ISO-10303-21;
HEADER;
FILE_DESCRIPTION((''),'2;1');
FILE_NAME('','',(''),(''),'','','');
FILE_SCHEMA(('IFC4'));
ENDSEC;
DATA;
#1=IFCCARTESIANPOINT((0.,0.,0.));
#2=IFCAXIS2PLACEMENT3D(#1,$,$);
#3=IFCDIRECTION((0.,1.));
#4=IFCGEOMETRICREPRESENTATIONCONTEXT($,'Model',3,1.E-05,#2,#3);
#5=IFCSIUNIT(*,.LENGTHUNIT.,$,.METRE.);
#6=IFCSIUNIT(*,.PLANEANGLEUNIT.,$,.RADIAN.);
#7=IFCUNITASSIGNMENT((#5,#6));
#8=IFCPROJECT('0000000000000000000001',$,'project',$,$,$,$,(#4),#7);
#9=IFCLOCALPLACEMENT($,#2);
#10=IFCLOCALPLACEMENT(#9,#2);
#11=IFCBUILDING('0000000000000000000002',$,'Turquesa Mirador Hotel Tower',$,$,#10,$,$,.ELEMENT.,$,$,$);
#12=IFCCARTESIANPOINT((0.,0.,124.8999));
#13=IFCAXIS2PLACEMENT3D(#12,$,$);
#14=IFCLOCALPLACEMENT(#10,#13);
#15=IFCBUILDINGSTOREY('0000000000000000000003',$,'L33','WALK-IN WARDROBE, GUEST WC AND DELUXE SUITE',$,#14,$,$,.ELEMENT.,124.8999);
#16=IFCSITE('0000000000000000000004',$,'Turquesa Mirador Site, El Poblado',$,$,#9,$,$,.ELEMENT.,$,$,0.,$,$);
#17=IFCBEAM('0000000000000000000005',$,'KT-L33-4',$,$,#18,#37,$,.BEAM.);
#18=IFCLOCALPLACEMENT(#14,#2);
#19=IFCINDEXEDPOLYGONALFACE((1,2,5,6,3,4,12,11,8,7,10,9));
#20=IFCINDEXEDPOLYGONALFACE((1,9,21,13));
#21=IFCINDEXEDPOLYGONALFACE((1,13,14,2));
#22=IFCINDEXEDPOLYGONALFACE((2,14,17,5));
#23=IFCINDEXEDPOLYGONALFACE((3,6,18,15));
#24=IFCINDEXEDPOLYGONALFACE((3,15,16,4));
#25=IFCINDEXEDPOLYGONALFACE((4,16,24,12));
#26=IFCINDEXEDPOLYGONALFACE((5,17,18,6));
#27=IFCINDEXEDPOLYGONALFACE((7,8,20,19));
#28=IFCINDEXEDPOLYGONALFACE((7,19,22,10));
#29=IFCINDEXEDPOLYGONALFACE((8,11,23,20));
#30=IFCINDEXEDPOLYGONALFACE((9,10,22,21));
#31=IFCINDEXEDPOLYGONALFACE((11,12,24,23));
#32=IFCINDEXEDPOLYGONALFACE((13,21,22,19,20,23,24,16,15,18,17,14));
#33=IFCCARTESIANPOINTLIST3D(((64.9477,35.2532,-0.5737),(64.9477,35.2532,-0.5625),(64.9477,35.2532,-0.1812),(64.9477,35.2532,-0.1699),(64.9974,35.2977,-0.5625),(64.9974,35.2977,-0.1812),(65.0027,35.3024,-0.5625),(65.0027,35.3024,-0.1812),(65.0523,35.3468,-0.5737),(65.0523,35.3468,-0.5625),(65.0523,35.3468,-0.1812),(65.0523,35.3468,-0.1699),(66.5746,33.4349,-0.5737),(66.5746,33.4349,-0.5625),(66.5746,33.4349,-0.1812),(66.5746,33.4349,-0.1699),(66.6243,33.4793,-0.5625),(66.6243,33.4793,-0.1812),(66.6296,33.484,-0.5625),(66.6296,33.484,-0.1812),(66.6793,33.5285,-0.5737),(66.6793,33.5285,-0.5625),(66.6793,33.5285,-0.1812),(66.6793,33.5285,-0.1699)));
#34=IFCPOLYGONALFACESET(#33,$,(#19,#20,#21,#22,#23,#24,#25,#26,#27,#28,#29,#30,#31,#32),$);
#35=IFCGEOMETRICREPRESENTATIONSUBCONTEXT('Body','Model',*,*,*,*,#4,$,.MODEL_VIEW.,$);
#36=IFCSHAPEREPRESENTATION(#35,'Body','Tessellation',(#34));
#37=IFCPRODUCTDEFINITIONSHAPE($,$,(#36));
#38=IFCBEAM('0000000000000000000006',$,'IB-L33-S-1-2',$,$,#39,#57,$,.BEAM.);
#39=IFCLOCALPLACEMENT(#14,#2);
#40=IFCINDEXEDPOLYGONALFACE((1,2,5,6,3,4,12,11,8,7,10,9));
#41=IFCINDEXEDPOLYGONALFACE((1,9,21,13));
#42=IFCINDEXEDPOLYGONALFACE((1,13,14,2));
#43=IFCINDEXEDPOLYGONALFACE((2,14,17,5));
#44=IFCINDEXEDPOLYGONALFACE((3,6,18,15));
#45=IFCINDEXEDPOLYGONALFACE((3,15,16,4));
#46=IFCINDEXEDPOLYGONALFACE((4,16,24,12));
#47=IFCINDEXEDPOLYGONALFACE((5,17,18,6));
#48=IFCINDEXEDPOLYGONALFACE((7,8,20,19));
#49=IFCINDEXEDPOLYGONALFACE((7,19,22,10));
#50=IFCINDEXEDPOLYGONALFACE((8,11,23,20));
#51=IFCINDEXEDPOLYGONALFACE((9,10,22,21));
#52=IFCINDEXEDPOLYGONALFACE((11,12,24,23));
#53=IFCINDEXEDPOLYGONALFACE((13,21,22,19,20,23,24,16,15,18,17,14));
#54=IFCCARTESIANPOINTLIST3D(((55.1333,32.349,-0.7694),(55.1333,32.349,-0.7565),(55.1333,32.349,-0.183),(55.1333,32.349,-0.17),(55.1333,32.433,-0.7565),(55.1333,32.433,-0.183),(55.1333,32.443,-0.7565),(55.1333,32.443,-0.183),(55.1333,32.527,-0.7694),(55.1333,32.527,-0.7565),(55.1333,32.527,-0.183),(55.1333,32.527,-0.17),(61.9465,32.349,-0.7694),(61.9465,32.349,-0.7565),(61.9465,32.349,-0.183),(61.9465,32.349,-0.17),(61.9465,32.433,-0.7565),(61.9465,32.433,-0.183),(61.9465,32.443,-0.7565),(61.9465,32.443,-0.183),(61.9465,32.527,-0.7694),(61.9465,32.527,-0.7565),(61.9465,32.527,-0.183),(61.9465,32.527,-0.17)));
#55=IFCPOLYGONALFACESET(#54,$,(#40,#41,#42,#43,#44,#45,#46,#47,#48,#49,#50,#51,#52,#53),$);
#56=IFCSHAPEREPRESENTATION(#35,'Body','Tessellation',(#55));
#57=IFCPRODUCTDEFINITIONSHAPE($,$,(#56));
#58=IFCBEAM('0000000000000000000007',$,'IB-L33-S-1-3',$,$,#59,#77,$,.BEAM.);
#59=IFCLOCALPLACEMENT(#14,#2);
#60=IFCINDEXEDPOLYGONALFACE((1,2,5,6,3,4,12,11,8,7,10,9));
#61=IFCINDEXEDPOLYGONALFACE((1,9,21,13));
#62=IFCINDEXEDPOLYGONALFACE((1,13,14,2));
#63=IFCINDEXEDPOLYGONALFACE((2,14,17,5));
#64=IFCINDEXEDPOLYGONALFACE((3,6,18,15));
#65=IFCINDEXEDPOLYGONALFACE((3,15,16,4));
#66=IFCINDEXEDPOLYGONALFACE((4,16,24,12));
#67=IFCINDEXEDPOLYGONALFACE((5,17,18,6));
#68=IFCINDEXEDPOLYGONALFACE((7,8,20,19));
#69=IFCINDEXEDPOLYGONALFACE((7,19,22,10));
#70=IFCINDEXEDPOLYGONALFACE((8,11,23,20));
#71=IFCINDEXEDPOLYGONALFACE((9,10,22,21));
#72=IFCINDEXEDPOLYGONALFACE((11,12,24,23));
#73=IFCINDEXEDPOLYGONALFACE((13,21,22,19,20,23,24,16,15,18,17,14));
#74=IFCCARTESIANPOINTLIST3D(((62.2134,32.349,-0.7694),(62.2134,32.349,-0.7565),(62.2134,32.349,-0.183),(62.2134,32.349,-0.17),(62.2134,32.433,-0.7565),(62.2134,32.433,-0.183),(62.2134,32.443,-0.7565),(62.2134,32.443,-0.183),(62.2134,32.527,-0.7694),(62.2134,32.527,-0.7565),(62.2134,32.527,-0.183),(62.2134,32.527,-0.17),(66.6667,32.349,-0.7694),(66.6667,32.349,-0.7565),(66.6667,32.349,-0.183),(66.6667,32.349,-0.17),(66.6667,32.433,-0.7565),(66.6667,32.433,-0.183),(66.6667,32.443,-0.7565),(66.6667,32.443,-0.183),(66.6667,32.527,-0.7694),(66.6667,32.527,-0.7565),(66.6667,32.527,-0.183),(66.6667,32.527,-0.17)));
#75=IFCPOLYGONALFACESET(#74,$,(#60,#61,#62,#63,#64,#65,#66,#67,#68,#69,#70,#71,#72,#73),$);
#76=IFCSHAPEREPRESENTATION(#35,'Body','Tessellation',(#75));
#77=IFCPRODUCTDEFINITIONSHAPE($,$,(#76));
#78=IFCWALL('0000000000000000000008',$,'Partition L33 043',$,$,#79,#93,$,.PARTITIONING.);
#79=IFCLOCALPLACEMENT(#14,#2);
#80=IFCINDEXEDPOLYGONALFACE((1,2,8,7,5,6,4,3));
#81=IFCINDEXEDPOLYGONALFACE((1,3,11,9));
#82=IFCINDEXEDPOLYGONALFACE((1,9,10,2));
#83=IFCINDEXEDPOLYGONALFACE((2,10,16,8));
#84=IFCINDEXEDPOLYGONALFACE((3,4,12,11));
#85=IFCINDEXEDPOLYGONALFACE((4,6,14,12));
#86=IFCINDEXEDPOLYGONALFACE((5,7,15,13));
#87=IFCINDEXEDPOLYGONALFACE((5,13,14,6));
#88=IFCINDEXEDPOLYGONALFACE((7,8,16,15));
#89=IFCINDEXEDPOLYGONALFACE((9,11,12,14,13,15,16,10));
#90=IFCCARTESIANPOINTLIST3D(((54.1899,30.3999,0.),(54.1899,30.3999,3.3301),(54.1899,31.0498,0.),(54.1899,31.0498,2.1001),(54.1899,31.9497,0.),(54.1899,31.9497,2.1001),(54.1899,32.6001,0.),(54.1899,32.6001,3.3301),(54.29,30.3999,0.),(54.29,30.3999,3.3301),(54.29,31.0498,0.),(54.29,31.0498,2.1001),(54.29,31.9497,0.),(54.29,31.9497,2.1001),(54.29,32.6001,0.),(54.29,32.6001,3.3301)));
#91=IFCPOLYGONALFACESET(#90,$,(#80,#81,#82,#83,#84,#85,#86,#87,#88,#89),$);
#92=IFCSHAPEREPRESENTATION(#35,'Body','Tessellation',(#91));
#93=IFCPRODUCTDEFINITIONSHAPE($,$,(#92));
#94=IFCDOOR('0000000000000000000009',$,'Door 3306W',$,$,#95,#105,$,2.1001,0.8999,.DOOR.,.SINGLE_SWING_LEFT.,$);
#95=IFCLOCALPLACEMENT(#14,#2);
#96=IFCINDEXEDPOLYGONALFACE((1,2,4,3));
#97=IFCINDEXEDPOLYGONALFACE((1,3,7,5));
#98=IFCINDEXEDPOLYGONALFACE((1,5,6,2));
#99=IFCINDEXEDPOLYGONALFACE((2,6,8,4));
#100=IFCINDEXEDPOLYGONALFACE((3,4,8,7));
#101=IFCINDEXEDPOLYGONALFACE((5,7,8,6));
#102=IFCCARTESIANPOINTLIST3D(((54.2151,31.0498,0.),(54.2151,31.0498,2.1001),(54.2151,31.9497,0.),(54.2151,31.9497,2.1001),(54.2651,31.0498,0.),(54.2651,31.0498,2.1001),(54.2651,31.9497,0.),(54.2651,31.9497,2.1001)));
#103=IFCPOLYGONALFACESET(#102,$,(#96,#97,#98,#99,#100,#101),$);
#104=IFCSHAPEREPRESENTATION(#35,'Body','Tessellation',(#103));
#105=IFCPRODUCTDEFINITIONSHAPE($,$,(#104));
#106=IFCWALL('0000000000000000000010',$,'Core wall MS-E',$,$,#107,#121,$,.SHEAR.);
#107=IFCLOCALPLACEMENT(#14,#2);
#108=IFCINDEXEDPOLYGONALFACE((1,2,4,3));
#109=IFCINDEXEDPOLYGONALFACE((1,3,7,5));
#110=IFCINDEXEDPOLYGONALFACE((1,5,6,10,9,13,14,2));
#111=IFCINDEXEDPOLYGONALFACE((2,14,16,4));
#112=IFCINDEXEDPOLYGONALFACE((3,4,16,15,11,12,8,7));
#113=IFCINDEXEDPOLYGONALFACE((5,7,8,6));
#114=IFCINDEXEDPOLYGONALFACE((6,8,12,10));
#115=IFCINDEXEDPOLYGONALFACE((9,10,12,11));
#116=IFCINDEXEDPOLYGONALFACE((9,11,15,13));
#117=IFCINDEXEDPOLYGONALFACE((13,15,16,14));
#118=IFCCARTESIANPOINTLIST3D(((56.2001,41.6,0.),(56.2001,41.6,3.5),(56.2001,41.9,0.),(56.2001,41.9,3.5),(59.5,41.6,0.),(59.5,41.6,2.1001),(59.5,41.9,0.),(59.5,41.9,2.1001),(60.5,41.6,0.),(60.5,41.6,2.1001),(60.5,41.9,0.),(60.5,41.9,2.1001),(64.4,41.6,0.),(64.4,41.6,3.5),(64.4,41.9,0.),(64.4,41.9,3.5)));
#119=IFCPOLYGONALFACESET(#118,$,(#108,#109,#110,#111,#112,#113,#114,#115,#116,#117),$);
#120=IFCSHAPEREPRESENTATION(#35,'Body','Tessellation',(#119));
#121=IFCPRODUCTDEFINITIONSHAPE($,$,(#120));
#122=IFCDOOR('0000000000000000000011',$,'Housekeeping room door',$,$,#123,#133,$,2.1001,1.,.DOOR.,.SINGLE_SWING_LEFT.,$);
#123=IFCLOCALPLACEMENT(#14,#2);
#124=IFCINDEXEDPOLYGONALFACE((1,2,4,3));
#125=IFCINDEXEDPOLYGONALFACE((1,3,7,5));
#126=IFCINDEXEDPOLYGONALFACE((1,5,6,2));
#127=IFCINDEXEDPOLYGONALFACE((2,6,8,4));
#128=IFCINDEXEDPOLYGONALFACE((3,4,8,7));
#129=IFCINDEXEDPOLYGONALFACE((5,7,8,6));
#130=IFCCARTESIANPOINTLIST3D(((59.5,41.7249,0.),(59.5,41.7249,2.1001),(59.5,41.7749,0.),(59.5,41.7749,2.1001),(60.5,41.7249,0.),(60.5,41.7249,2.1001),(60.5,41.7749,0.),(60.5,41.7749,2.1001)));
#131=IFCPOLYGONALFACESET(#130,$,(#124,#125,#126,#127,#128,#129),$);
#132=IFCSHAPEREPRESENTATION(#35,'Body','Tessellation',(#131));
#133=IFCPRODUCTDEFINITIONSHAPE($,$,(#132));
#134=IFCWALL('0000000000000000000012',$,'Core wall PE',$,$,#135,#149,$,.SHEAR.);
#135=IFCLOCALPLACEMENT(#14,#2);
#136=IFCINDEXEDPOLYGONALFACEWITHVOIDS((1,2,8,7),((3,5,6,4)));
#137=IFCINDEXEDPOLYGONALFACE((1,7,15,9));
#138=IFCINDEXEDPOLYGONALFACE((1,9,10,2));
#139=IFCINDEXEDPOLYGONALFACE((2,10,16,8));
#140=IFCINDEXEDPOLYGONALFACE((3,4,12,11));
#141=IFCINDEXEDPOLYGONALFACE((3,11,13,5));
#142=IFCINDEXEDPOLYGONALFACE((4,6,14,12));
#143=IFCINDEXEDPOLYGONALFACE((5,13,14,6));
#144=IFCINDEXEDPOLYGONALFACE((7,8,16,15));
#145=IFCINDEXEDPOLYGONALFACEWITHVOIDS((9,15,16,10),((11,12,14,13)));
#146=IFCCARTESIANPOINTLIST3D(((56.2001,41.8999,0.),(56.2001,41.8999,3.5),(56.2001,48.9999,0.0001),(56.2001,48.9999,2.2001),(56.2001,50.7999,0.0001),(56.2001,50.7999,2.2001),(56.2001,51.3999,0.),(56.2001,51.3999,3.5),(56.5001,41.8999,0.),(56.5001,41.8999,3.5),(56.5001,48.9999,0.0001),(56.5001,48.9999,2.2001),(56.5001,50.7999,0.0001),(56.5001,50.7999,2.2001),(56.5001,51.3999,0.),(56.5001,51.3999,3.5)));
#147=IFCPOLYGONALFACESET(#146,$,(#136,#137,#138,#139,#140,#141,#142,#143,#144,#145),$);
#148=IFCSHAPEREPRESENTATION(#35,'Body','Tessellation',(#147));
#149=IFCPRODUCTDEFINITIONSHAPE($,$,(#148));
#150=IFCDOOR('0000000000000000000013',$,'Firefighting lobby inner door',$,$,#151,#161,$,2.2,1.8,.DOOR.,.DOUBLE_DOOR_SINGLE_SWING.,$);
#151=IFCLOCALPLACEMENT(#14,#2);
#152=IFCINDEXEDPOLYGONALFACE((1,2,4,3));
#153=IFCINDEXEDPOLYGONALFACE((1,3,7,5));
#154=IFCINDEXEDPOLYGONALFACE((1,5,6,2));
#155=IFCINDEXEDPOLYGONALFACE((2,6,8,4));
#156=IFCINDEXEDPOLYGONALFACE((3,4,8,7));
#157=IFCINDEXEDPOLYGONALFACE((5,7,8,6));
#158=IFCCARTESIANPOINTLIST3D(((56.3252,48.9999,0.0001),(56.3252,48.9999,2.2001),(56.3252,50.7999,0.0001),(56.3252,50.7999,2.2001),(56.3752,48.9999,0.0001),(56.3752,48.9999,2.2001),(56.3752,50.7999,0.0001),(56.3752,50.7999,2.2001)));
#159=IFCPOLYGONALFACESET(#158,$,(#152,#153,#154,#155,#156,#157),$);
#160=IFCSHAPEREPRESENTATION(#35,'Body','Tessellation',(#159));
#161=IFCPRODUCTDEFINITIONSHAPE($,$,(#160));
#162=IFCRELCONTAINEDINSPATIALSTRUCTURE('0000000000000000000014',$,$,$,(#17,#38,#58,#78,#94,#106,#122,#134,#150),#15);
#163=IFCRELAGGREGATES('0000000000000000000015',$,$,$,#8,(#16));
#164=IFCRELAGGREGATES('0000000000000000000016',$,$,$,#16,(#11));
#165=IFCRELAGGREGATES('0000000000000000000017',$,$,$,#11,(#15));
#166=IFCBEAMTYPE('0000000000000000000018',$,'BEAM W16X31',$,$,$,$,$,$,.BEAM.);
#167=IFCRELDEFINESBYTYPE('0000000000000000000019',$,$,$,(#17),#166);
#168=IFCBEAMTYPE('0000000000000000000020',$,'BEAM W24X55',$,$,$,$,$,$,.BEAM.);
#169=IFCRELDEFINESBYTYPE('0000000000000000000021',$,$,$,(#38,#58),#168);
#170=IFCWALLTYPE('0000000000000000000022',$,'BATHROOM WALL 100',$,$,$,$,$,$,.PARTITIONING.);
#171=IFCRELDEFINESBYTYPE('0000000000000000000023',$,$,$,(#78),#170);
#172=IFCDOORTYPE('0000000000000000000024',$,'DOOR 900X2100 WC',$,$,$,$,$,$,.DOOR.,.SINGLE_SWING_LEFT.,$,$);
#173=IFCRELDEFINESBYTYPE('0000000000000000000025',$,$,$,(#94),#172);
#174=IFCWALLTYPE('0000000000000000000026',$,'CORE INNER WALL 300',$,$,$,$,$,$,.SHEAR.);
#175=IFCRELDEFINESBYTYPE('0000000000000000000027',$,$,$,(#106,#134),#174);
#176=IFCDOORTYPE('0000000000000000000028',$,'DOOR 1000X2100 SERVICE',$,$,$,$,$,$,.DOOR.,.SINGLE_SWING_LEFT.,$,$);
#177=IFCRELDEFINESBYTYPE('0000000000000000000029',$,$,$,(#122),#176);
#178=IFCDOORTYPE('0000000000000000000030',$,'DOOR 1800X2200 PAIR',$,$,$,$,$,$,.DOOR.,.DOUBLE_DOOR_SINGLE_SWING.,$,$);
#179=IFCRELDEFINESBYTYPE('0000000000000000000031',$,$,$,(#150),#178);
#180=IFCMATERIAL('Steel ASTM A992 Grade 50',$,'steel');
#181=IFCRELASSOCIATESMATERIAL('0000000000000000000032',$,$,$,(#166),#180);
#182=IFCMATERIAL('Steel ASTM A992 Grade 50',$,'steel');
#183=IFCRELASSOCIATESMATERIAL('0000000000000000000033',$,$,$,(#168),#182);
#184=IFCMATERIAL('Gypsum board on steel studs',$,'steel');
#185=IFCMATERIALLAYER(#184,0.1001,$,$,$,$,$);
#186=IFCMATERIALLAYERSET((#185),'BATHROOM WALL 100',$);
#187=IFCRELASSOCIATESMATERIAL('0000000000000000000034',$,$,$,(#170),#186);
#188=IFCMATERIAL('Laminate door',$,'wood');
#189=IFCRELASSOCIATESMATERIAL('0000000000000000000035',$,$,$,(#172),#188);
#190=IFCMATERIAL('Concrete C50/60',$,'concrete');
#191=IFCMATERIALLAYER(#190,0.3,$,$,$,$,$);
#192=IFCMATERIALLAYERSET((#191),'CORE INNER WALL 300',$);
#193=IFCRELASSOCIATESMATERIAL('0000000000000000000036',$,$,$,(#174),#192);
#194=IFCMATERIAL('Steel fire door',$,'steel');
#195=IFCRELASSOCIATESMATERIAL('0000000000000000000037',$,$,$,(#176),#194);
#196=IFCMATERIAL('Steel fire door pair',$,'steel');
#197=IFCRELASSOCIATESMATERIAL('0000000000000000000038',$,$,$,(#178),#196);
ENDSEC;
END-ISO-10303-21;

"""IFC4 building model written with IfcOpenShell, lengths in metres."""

from ifc_helpers import new_model, si_unit, direction, frame, frame_2d, origin, origin_2d, place, context, subcontext, project, spatial, rectangle, i_section, extrude, material, layer, layer_set, material_profile, profile_set, type_object, element, fill, save


model = new_model("IFC4")

# Units and contexts
model_context = context("Model", 3, precision=1e-05, world=origin(), true_north=direction((0.0, 1.0)))
body_context = subcontext(model_context, "Body", "Model", "MODEL_VIEW")
ifc_project = project(units=[si_unit("LENGTHUNIT", "METRE"), si_unit("PLANEANGLEUNIT", "RADIAN")], contexts=[model_context])

# Site, building, storey
site_placement = place(None, origin())
site = spatial("IfcSite", under=ifc_project, at=site_placement, Name="Turquesa Mirador Site, El Poblado", CompositionType="ELEMENT", RefElevation=0.0)
building_placement = place(site_placement, origin())
building = spatial("IfcBuilding", under=site, at=building_placement, Name="Turquesa Mirador Hotel Tower", CompositionType="ELEMENT")
storey_placement = place(building_placement, frame((0.0, 0.0, 124.8999)))
storey = spatial("IfcBuildingStorey", under=building, at=storey_placement, Name="L33", Description="WALK-IN WARDROBE, GUEST WC AND DELUXE SUITE", CompositionType="ELEMENT", Elevation=124.8999)

# Beams
ifc_material_1 = material(Name="Steel ASTM A992 Grade 50", Category="steel")
ifc_material_profile_1 = material_profile(ifc_material_1, i_section(OverallWidth=0.1404, OverallDepth=0.4038, WebThickness=0.0071, FlangeThickness=0.0112, at=origin_2d()), Name="W16X31")
ifc_profile_set_1 = profile_set([ifc_material_profile_1], Name="Steel ASTM A992 Grade 50")
beam_type_1 = type_object("IfcBeamType", Name="BEAM W16X31", PredefinedType="BEAM", material=ifc_profile_set_1)
beam_1_placement = place(storey_placement, frame((66.627, 33.4817, -0.3718), z_axis=(-0.666795, 0.745241, 0.0), x_axis=(-0.745241, -0.666795, 0.0)))
element("IfcBeam", 1, at=beam_1_placement, inside=storey, type_object=beam_type_1, Name="KT-L33-4", PredefinedType="BEAM", context=body_context, shape_type="SweptSolid", body=[
    extrude(i_section(OverallWidth=0.1404, OverallDepth=0.4038, WebThickness=0.0071, FlangeThickness=0.0112, at=origin_2d()), origin(), (0.0, 0.0, 1.0), 2.4399),
])
ifc_material_2 = material(Name="Steel ASTM A992 Grade 50", Category="steel")
ifc_material_profile_2 = material_profile(ifc_material_2, i_section(OverallWidth=0.178, OverallDepth=0.5994, WebThickness=0.01, FlangeThickness=0.0129, at=origin_2d()), Name="W24X55")
ifc_profile_set_2 = profile_set([ifc_material_profile_2], Name="Steel ASTM A992 Grade 50")
beam_type_2 = type_object("IfcBeamType", Name="BEAM W24X55", PredefinedType="BEAM", material=ifc_profile_set_2)
beam_2_placement = place(storey_placement, frame((55.1333, 32.438, -0.4697), z_axis=(1.0, 0.0, 0.0), x_axis=(0.0, 1.0, 0.0)))
element("IfcBeam", 2, at=beam_2_placement, inside=storey, type_object=beam_type_2, Name="IB-L33-S-1-2", PredefinedType="BEAM", context=body_context, shape_type="SweptSolid", body=[
    extrude(i_section(OverallWidth=0.178, OverallDepth=0.5994, WebThickness=0.01, FlangeThickness=0.0129, at=origin_2d()), origin(), (0.0, 0.0, 1.0), 6.8132),
])
beam_3_placement = place(storey_placement, frame((62.2134, 32.438, -0.4697), z_axis=(1.0, 0.0, 0.0), x_axis=(0.0, 1.0, 0.0)))
element("IfcBeam", 3, at=beam_3_placement, inside=storey, type_object=beam_type_2, Name="IB-L33-S-1-3", PredefinedType="BEAM", context=body_context, shape_type="SweptSolid", body=[
    extrude(i_section(OverallWidth=0.178, OverallDepth=0.5994, WebThickness=0.01, FlangeThickness=0.0129, at=origin_2d()), origin(), (0.0, 0.0, 1.0), 4.4534),
])

# Walls, openings, doors
ifc_material_3 = material(Name="Gypsum board on steel studs", Category="steel")
ifc_layer_1 = layer(ifc_material_3, 0.1001)
ifc_layer_set_1 = layer_set([ifc_layer_1], Name="BATHROOM WALL 100")
wall_type_1 = type_object("IfcWallType", Name="BATHROOM WALL 100", PredefinedType="PARTITIONING", material=ifc_layer_set_1)
wall_1_placement = place(storey_placement, frame((54.24, 30.3999, 0.0), z_axis=(0.0, 0.0, 1.0), x_axis=(0.0, 1.0, 0.0)))
wall_1 = element("IfcWall", 4, at=wall_1_placement, inside=storey, type_object=wall_type_1, Name="Partition L33 043", PredefinedType="PARTITIONING", context=body_context, shape_type="SweptSolid", body=[
    extrude(rectangle(XDim=2.2002, YDim=0.1001, at=frame_2d((1.1001, 0.0))), origin(), (0.0, 0.0, 1.0), 3.3301),
])
opening_1_placement = place(wall_1_placement, frame((0.6499, 0.0, 0.0)))
opening_1 = element("IfcOpeningElement", 5, at=opening_1_placement, cuts=wall_1, PredefinedType="OPENING", context=body_context, shape_type="SweptSolid", body=[
    extrude(rectangle(XDim=0.8999, YDim=2.1001, at=frame_2d((0.45, 1.05))), frame((0.0, 0.0601, 0.0), z_axis=(0.0, -1.0, 0.0), x_axis=(1.0, 0.0, 0.0)), (0.0, 0.0, 1.0), 0.1201),
])
ifc_material_4 = material(Name="Laminate door", Category="wood")
door_type_1 = type_object("IfcDoorType", Name="DOOR 900X2100 WC", OperationType="SINGLE_SWING_LEFT", PredefinedType="DOOR", material=ifc_material_4)
door_1_placement = place(opening_1_placement, origin())
door_1 = element("IfcDoor", 6, at=door_1_placement, inside=storey, type_object=door_type_1, Name="Door 3306W", OperationType="SINGLE_SWING_LEFT", OverallHeight=2.1001, OverallWidth=0.8999, PredefinedType="DOOR", context=body_context, shape_type="SweptSolid", body=[
    extrude(rectangle(XDim=0.8999, YDim=2.1001, at=frame_2d((0.45, 1.05))), frame((0.0, 0.0249, 0.0), z_axis=(0.0, -1.0, 0.0), x_axis=(1.0, 0.0, 0.0)), (0.0, 0.0, 1.0), 0.05),
])
fill(opening_1, door_1)
ifc_material_5 = material(Name="Concrete C50/60", Category="concrete")
ifc_layer_2 = layer(ifc_material_5, 0.3)
ifc_layer_set_2 = layer_set([ifc_layer_2], Name="CORE INNER WALL 300")
wall_type_2 = type_object("IfcWallType", Name="CORE INNER WALL 300", PredefinedType="SHEAR", material=ifc_layer_set_2)
wall_2_placement = place(storey_placement, frame((56.2, 41.75, 0.0), z_axis=(0.0, 0.0, 1.0), x_axis=(1.0, 0.0, 0.0)))
wall_2 = element("IfcWall", 7, at=wall_2_placement, inside=storey, type_object=wall_type_2, Name="Core wall MS-E", PredefinedType="SHEAR", context=body_context, shape_type="SweptSolid", body=[
    extrude(rectangle(XDim=8.2, YDim=0.3, at=frame_2d((4.1001, 0.0))), origin(), (0.0, 0.0, 1.0), 3.5),
])
opening_2_placement = place(wall_2_placement, frame((3.3, 0.0, 0.0)))
opening_2 = element("IfcOpeningElement", 8, at=opening_2_placement, cuts=wall_2, PredefinedType="OPENING", context=body_context, shape_type="SweptSolid", body=[
    extrude(rectangle(XDim=1.0, YDim=2.1001, at=frame_2d((0.5, 1.05))), frame((0.0, 0.1599, 0.0), z_axis=(0.0, -1.0, 0.0), x_axis=(1.0, 0.0, 0.0)), (0.0, 0.0, 1.0), 0.3201),
])
ifc_material_6 = material(Name="Steel fire door", Category="steel")
door_type_2 = type_object("IfcDoorType", Name="DOOR 1000X2100 SERVICE", OperationType="SINGLE_SWING_LEFT", PredefinedType="DOOR", material=ifc_material_6)
door_2_placement = place(opening_2_placement, origin())
door_2 = element("IfcDoor", 9, at=door_2_placement, inside=storey, type_object=door_type_2, Name="Housekeeping room door", OperationType="SINGLE_SWING_LEFT", OverallHeight=2.1001, OverallWidth=1.0, PredefinedType="DOOR", context=body_context, shape_type="SweptSolid", body=[
    extrude(rectangle(XDim=1.0, YDim=2.1001, at=frame_2d((0.5, 1.05))), frame((0.0, 0.0249, 0.0), z_axis=(0.0, -1.0, 0.0), x_axis=(1.0, 0.0, 0.0)), (0.0, 0.0, 1.0), 0.05),
])
fill(opening_2, door_2)
wall_3_placement = place(storey_placement, frame((56.3501, 41.8999, 0.0), z_axis=(0.0, 0.0, 1.0), x_axis=(0.0, 1.0, 0.0)))
wall_3 = element("IfcWall", 10, at=wall_3_placement, inside=storey, type_object=wall_type_2, Name="Core wall PE", PredefinedType="SHEAR", context=body_context, shape_type="SweptSolid", body=[
    extrude(rectangle(XDim=9.5, YDim=0.3, at=frame_2d((4.75, 0.0))), origin(), (0.0, 0.0, 1.0), 3.5),
])
opening_3_placement = place(wall_3_placement, frame((7.1001, 0.0, 0.0)))
opening_3 = element("IfcOpeningElement", 11, at=opening_3_placement, cuts=wall_3, PredefinedType="OPENING", context=body_context, shape_type="SweptSolid", body=[
    extrude(rectangle(XDim=1.8, YDim=2.2, at=frame_2d((0.8999, 1.1001))), frame((0.0, 0.1599, 0.0), z_axis=(0.0, -1.0, 0.0), x_axis=(1.0, 0.0, 0.0)), (0.0, 0.0, 1.0), 0.3201),
])
ifc_material_7 = material(Name="Steel fire door pair", Category="steel")
door_type_3 = type_object("IfcDoorType", Name="DOOR 1800X2200 PAIR", OperationType="DOUBLE_DOOR_SINGLE_SWING", PredefinedType="DOOR", material=ifc_material_7)
door_3_placement = place(opening_3_placement, origin())
door_3 = element("IfcDoor", 12, at=door_3_placement, inside=storey, type_object=door_type_3, Name="Firefighting lobby inner door", OperationType="DOUBLE_DOOR_SINGLE_SWING", OverallHeight=2.2, OverallWidth=1.8, PredefinedType="DOOR", context=body_context, shape_type="SweptSolid", body=[
    extrude(rectangle(XDim=1.8, YDim=2.2, at=frame_2d((0.8999, 1.1001))), frame((0.0, 0.0249, 0.0), z_axis=(0.0, -1.0, 0.0), x_axis=(1.0, 0.0, 0.0)), (0.0, 0.0, 1.0), 0.05),
])
fill(opening_3, door_3)

save(model, "model.ifc")
